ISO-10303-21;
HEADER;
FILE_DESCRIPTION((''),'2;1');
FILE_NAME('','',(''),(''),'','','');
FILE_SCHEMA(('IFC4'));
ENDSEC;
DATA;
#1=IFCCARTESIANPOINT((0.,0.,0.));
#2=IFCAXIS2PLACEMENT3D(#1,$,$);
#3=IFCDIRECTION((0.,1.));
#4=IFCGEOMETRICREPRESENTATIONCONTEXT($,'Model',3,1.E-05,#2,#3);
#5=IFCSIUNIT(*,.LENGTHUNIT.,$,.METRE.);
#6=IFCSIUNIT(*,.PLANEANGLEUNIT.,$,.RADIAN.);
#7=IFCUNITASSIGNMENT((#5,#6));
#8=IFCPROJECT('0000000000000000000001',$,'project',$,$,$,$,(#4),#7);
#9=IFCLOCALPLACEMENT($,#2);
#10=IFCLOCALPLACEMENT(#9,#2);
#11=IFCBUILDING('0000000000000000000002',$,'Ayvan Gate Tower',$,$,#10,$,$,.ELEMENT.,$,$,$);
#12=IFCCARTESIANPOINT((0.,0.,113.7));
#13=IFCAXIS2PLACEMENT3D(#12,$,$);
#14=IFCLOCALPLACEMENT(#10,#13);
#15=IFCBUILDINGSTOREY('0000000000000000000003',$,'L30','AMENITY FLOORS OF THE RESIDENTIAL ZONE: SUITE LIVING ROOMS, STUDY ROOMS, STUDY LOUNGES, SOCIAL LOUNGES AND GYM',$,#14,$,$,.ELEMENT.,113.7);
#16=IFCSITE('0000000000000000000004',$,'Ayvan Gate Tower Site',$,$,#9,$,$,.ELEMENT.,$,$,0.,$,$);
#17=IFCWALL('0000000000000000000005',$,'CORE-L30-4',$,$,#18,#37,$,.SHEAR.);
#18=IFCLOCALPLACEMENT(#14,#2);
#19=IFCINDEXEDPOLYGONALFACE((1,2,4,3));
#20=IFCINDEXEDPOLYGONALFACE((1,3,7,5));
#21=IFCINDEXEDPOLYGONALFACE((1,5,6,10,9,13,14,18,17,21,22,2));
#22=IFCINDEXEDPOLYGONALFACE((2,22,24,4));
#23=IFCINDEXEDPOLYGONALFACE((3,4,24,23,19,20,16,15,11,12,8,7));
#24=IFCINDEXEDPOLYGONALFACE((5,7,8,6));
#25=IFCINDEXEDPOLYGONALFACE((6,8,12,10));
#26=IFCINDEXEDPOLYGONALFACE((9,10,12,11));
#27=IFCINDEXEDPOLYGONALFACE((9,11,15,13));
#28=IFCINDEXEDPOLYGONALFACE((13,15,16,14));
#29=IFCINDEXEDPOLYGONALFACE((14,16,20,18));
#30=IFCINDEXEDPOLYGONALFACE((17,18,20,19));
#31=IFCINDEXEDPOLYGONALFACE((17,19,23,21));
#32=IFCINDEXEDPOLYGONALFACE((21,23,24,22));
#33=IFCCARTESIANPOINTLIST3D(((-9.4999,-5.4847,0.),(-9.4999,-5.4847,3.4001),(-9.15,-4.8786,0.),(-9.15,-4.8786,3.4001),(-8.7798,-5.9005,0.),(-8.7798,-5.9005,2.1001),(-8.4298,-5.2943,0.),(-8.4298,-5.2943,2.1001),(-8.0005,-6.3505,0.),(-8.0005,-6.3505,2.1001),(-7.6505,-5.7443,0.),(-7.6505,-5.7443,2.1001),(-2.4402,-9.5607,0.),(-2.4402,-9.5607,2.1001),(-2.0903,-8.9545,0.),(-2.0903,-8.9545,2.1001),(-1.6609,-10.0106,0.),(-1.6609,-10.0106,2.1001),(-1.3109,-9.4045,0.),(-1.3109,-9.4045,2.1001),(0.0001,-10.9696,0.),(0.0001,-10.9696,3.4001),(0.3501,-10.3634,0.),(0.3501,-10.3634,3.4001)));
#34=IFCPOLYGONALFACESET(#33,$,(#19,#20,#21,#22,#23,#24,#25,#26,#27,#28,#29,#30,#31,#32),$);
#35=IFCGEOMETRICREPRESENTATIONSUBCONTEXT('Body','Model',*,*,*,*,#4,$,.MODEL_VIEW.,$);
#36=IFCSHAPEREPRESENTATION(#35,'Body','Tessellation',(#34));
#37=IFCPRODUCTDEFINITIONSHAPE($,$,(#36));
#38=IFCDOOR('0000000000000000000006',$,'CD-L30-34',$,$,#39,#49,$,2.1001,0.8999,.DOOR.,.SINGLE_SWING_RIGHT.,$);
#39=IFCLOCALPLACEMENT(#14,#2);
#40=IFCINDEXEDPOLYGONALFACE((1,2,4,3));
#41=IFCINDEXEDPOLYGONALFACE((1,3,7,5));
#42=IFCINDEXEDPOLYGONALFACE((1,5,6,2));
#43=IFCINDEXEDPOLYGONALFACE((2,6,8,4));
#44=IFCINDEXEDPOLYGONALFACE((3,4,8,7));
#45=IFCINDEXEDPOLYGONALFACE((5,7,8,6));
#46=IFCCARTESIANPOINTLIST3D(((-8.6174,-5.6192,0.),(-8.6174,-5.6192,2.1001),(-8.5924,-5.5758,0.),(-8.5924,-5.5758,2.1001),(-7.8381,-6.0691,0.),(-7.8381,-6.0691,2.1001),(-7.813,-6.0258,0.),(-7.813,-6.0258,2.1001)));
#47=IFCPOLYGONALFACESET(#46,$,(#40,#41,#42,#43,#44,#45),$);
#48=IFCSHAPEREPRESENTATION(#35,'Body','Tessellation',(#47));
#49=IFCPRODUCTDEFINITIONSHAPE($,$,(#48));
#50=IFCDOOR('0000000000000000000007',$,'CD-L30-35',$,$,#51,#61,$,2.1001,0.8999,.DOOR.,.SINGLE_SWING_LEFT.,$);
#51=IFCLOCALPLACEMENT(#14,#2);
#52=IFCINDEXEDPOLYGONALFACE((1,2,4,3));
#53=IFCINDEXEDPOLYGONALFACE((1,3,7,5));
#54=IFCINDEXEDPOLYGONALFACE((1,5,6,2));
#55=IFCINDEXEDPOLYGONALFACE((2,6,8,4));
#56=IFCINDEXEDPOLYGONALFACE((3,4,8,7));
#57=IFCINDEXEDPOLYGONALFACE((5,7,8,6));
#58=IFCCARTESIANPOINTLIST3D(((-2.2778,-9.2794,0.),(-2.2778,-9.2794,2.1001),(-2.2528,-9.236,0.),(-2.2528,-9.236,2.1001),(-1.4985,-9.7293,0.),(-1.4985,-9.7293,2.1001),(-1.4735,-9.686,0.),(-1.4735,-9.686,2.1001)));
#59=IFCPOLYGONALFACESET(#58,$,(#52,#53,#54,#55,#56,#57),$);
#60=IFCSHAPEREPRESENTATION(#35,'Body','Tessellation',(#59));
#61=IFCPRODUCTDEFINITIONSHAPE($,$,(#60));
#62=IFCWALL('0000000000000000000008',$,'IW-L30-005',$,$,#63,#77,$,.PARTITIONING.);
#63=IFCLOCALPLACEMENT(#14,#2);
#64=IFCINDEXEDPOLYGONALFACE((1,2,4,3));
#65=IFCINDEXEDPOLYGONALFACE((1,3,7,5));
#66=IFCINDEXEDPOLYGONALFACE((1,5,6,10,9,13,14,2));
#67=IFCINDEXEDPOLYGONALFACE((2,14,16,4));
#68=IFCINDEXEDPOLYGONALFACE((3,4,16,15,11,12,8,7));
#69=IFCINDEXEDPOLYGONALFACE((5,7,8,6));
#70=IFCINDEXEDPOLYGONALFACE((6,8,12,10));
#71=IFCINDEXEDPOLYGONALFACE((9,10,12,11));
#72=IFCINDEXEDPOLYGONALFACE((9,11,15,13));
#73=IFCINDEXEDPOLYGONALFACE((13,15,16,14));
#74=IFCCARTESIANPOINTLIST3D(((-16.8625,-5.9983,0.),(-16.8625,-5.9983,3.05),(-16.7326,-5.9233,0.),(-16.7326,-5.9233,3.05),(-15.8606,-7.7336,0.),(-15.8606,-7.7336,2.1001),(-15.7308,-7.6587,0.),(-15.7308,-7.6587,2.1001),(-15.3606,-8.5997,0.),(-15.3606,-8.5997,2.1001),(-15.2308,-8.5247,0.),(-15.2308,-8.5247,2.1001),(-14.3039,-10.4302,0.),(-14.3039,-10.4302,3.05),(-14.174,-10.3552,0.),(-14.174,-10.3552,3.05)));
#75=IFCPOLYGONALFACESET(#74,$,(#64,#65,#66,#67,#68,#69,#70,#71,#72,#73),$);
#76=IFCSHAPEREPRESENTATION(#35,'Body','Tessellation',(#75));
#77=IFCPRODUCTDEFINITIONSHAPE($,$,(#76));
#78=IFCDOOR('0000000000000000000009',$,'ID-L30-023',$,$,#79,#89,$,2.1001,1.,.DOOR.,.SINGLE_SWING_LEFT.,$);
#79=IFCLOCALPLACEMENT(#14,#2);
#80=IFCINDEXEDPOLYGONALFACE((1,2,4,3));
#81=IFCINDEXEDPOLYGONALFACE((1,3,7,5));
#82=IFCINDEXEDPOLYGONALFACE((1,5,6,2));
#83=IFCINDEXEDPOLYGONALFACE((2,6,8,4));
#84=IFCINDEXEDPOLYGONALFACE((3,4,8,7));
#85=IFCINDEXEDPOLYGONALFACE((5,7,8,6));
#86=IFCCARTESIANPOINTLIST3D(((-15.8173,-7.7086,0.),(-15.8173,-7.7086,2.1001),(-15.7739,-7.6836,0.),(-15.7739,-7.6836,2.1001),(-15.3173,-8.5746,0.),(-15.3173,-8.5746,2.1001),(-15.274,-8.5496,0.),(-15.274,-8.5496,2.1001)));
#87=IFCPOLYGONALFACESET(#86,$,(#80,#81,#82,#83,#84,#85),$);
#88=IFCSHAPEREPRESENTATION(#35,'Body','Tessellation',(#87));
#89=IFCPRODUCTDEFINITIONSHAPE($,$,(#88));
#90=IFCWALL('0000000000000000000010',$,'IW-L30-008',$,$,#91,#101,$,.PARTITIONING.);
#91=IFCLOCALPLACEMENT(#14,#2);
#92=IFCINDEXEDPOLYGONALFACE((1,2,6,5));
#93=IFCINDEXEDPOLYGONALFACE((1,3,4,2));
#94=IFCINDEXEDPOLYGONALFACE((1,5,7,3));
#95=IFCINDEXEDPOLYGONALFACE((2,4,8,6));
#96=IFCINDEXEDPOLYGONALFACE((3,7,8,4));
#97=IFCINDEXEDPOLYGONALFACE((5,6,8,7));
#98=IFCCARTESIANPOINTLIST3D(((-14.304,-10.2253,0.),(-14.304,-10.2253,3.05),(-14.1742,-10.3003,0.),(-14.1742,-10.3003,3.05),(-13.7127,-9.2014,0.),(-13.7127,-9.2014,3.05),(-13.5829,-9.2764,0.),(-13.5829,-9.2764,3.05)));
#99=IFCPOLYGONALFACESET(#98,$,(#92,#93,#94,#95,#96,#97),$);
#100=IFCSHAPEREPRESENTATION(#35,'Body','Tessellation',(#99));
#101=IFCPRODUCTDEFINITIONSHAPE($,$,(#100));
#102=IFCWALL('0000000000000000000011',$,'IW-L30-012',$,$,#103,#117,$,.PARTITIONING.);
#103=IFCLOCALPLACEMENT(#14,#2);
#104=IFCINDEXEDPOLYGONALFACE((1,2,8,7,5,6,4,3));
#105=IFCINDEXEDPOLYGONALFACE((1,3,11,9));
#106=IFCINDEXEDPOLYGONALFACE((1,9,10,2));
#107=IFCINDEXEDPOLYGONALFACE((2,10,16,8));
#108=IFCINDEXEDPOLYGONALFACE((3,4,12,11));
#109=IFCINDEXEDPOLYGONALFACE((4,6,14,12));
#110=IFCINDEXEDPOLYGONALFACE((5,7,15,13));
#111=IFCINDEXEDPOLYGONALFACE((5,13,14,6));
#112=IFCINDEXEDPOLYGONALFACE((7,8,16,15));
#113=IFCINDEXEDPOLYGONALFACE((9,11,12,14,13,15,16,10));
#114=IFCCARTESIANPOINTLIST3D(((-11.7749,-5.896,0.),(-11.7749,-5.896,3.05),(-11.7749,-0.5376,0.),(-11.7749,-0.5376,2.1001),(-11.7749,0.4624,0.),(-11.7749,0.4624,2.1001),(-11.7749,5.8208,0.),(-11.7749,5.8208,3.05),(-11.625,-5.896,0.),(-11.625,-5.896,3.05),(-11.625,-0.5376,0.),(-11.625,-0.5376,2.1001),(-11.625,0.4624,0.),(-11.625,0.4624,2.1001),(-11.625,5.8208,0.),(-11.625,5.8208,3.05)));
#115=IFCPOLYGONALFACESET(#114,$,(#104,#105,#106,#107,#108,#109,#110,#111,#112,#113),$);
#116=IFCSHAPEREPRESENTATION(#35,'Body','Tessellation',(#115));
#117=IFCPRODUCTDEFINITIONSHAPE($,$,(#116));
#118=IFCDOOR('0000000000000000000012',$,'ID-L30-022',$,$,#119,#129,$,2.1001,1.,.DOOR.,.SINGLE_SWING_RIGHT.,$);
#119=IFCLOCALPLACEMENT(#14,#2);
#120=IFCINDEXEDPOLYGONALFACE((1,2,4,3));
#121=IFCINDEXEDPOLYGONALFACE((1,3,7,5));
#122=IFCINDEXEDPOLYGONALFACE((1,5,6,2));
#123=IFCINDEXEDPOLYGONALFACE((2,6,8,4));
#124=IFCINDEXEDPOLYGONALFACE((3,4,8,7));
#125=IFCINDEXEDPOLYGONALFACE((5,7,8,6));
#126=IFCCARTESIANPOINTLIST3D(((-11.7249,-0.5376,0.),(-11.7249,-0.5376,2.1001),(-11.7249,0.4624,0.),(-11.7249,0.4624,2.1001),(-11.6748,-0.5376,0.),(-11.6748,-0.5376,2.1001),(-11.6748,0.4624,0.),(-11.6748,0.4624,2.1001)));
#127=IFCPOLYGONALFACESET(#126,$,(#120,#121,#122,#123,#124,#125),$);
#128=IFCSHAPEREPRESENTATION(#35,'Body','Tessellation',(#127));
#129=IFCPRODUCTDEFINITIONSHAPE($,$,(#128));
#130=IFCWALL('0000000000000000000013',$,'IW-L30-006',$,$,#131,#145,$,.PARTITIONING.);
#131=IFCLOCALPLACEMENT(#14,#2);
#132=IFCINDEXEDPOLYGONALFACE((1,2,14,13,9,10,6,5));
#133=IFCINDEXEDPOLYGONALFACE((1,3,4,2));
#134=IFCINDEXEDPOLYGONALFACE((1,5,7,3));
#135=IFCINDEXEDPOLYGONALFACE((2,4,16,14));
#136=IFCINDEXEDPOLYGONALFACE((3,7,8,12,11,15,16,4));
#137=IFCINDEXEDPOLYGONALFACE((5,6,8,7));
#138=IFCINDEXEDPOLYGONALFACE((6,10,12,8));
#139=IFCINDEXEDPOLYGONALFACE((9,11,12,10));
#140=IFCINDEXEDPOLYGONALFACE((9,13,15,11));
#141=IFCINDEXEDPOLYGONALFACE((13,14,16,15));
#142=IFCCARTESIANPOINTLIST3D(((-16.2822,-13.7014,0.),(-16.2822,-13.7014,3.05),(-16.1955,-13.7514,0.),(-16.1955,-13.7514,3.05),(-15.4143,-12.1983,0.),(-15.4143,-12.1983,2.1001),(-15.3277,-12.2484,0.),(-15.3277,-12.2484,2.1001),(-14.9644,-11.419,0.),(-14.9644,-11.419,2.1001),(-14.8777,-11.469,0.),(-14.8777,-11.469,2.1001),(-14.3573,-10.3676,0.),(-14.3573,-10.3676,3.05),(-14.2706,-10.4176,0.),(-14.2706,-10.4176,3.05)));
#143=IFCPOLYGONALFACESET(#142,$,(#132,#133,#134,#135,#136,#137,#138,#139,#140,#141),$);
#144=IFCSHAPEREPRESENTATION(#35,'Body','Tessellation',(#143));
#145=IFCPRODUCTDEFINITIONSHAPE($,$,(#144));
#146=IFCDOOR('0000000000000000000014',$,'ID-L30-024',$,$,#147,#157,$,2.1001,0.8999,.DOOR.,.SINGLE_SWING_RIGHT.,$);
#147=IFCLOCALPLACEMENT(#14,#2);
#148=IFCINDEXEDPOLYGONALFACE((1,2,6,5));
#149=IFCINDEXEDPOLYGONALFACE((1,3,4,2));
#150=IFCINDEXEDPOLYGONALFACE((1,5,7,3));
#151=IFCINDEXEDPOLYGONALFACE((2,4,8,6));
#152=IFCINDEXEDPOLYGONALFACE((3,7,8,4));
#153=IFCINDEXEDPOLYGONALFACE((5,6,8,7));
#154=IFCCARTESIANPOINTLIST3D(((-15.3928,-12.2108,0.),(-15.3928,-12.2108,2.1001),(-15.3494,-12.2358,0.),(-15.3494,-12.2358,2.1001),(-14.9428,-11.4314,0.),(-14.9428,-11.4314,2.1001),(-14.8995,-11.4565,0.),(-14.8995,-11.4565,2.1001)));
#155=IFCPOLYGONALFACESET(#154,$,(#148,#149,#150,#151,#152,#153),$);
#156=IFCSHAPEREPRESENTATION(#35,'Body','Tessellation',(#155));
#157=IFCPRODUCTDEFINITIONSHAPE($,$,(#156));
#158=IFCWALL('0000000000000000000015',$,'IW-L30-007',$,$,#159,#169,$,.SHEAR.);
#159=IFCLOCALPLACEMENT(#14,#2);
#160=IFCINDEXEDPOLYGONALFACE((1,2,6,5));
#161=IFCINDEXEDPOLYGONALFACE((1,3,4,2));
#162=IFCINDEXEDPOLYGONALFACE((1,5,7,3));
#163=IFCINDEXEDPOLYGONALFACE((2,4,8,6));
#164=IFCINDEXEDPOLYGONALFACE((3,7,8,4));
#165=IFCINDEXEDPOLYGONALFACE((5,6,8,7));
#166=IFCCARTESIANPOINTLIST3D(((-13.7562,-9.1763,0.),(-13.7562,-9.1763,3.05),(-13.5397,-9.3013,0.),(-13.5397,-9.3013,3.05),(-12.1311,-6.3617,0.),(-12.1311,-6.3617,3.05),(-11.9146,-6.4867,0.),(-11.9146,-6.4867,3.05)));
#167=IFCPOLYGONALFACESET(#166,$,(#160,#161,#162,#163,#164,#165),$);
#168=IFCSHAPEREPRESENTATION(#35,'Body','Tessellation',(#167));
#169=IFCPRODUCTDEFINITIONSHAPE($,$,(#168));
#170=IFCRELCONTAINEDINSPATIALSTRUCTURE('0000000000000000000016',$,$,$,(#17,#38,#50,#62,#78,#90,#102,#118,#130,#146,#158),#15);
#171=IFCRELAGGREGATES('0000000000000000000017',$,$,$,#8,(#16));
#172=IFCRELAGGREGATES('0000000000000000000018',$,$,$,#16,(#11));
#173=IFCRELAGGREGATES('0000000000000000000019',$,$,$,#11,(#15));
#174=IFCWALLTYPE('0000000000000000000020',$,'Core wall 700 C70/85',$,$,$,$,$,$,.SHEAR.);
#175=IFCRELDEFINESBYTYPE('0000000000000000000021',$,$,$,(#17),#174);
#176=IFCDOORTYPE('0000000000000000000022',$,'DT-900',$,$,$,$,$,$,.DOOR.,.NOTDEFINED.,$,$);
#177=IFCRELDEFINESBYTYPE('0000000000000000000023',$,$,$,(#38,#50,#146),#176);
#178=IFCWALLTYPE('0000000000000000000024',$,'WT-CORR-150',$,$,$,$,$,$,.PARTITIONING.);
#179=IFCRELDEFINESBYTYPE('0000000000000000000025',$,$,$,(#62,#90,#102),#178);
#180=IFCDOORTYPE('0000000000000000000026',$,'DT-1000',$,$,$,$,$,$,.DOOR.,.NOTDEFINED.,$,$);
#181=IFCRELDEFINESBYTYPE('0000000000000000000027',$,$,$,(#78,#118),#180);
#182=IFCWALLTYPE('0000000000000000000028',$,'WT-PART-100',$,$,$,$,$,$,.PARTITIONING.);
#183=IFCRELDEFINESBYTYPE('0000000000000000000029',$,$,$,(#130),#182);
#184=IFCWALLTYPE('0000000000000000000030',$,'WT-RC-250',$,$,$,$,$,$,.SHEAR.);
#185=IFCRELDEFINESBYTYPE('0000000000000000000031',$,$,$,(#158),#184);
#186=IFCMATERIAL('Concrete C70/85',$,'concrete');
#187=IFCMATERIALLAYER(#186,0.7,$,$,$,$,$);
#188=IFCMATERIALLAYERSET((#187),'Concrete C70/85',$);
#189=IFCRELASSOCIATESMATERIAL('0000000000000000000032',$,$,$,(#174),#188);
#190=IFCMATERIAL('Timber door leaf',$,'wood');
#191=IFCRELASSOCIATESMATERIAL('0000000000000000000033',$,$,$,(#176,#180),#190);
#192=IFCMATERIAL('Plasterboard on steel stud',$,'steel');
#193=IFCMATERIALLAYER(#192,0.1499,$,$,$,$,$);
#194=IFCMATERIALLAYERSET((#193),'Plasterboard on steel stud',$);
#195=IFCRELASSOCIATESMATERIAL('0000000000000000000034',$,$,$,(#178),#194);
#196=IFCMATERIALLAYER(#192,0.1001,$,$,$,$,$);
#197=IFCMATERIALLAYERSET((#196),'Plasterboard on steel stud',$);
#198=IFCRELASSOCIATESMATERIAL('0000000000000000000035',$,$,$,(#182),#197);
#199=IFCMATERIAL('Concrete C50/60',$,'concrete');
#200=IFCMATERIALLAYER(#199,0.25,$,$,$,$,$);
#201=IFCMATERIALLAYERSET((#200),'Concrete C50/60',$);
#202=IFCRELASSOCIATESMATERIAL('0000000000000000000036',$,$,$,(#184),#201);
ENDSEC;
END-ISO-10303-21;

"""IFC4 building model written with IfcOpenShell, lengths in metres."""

from ifc_helpers import new_model, si_unit, direction, frame, frame_2d, origin, place, context, subcontext, project, spatial, rectangle, extrude, material, layer, layer_set, type_object, element, fill, save


model = new_model("IFC4")

# Units and contexts
model_context = context("Model", 3, precision=1e-05, world=origin(), true_north=direction((0.0, 1.0)))
body_context = subcontext(model_context, "Body", "Model", "MODEL_VIEW")
ifc_project = project(units=[si_unit("LENGTHUNIT", "METRE"), si_unit("PLANEANGLEUNIT", "RADIAN")], contexts=[model_context])

# Site, building, storey
site_placement = place(None, origin())
site = spatial("IfcSite", under=ifc_project, at=site_placement, Name="Ayvan Gate Tower Site", CompositionType="ELEMENT", RefElevation=0.0)
building_placement = place(site_placement, origin())
building = spatial("IfcBuilding", under=site, at=building_placement, Name="Ayvan Gate Tower", CompositionType="ELEMENT")
storey_placement = place(building_placement, frame((0.0, 0.0, 113.7)))
storey = spatial("IfcBuildingStorey", under=building, at=storey_placement, Name="L30", Description="AMENITY FLOORS OF THE RESIDENTIAL ZONE: SUITE LIVING ROOMS, STUDY ROOMS, STUDY LOUNGES, SOCIAL LOUNGES AND GYM", CompositionType="ELEMENT", Elevation=113.7)

# Wall, openings, doors
ifc_material_1 = material(Name="Concrete C70/85", Category="concrete")
ifc_layer_1 = layer(ifc_material_1, 0.7)
ifc_layer_set_1 = layer_set([ifc_layer_1], Name="Concrete C70/85")
wall_type_1 = type_object("IfcWallType", Name="Core wall 700 C70/85", PredefinedType="SHEAR", material=ifc_layer_set_1)
wall_1_placement = place(storey_placement, frame((-9.325, -5.1816, 0.0), z_axis=(0.0, 0.0, 1.0), x_axis=(0.866024, -0.500002, 0.0)))
wall_1 = element("IfcWall", 1, at=wall_1_placement, inside=storey, type_object=wall_type_1, Name="CORE-L30-4", PredefinedType="SHEAR", context=body_context, shape_type="SweptSolid", body=[
    extrude(rectangle(XDim=10.9697, YDim=0.7, at=frame_2d((5.4849, 0.0))), origin(), (0.0, 0.0, 1.0), 3.4001),
])
opening_1_placement = place(wall_1_placement, frame((0.8315, 0.0, 0.0)))
opening_1 = element("IfcOpeningElement", 2, at=opening_1_placement, cuts=wall_1, PredefinedType="OPENING", context=body_context, shape_type="SweptSolid", body=[
    extrude(rectangle(XDim=0.8999, YDim=2.1001, at=frame_2d((0.45, 1.05))), frame((0.0, 0.3599, 0.0), z_axis=(0.0, -1.0, 0.0), x_axis=(1.0, 0.0, 0.0)), (0.0, 0.0, 1.0), 0.72),
])
opening_2_placement = place(wall_1_placement, frame((8.1519, 0.0, 0.0)))
opening_2 = element("IfcOpeningElement", 3, at=opening_2_placement, cuts=wall_1, PredefinedType="OPENING", context=body_context, shape_type="SweptSolid", body=[
    extrude(rectangle(XDim=0.8999, YDim=2.1001, at=frame_2d((0.45, 1.05))), frame((0.0, 0.3599, 0.0), z_axis=(0.0, -1.0, 0.0), x_axis=(1.0, 0.0, 0.0)), (0.0, 0.0, 1.0), 0.72),
])
ifc_material_2 = material(Name="Timber door leaf", Category="wood")
door_type_1 = type_object("IfcDoorType", Name="DT-900", OperationType="NOTDEFINED", PredefinedType="DOOR", material=ifc_material_2)
door_1_placement = place(opening_1_placement, origin())
door_1 = element("IfcDoor", 4, at=door_1_placement, inside=storey, type_object=door_type_1, Name="CD-L30-34", OperationType="SINGLE_SWING_RIGHT", OverallHeight=2.1001, OverallWidth=0.8999, PredefinedType="DOOR", context=body_context, shape_type="SweptSolid", body=[
    extrude(rectangle(XDim=0.8999, YDim=2.1001, at=frame_2d((0.45, 1.05))), frame((0.0, 0.0249, 0.0), z_axis=(0.0, -1.0, 0.0), x_axis=(1.0, 0.0, 0.0)), (0.0, 0.0, 1.0), 0.05),
])
fill(opening_1, door_1)
door_2_placement = place(opening_2_placement, origin())
door_2 = element("IfcDoor", 5, at=door_2_placement, inside=storey, type_object=door_type_1, Name="CD-L30-35", OperationType="SINGLE_SWING_LEFT", OverallHeight=2.1001, OverallWidth=0.8999, PredefinedType="DOOR", context=body_context, shape_type="SweptSolid", body=[
    extrude(rectangle(XDim=0.8999, YDim=2.1001, at=frame_2d((0.45, 1.05))), frame((0.0, 0.0249, 0.0), z_axis=(0.0, -1.0, 0.0), x_axis=(1.0, 0.0, 0.0)), (0.0, 0.0, 1.0), 0.05),
])
fill(opening_2, door_2)

# Wall, opening, door
ifc_material_3 = material(Name="Plasterboard on steel stud", Category="steel")
ifc_layer_2 = layer(ifc_material_3, 0.1499)
ifc_layer_set_2 = layer_set([ifc_layer_2], Name="Plasterboard on steel stud")
wall_type_2 = type_object("IfcWallType", Name="WT-CORR-150", PredefinedType="PARTITIONING", material=ifc_layer_set_2)
wall_2_placement = place(storey_placement, frame((-14.239, -10.3926, 0.0), z_axis=(0.0, 0.0, 1.0), x_axis=(-0.499977, 0.866039, 0.0)))
wall_2 = element("IfcWall", 6, at=wall_2_placement, inside=storey, type_object=wall_type_2, Name="IW-L30-005", PredefinedType="PARTITIONING", context=body_context, shape_type="SweptSolid", body=[
    extrude(rectangle(XDim=5.1174, YDim=0.1499, at=frame_2d((2.5586, 0.0))), origin(), (0.0, 0.0, 1.0), 3.05),
])
opening_3_placement = place(wall_2_placement, frame((2.1135, 0.0, 0.0)))
opening_3 = element("IfcOpeningElement", 7, at=opening_3_placement, cuts=wall_2, PredefinedType="OPENING", context=body_context, shape_type="SweptSolid", body=[
    extrude(rectangle(XDim=1.0, YDim=2.1001, at=frame_2d((0.5, 1.05))), frame((0.0, 0.085, 0.0), z_axis=(0.0, -1.0, 0.0), x_axis=(1.0, 0.0, 0.0)), (0.0, 0.0, 1.0), 0.1699),
])
door_type_2 = type_object("IfcDoorType", Name="DT-1000", OperationType="NOTDEFINED", PredefinedType="DOOR", material=ifc_material_2)
door_3_placement = place(opening_3_placement, origin())
door_3 = element("IfcDoor", 8, at=door_3_placement, inside=storey, type_object=door_type_2, Name="ID-L30-023", OperationType="SINGLE_SWING_LEFT", OverallHeight=2.1001, OverallWidth=1.0, PredefinedType="DOOR", context=body_context, shape_type="SweptSolid", body=[
    extrude(rectangle(XDim=1.0, YDim=2.1001, at=frame_2d((0.5, 1.05))), frame((0.0, 0.0249, 0.0), z_axis=(0.0, -1.0, 0.0), x_axis=(1.0, 0.0, 0.0)), (0.0, 0.0, 1.0), 0.05),
])
fill(opening_3, door_3)

# Wall
wall_3_placement = place(storey_placement, frame((-13.6477, -9.2388, 0.0), z_axis=(0.0, 0.0, 1.0), x_axis=(-0.500092, -0.865972, 0.0)))
element("IfcWall", 9, at=wall_3_placement, inside=storey, type_object=wall_type_2, Name="IW-L30-008", PredefinedType="PARTITIONING", context=body_context, shape_type="SweptSolid", body=[
    extrude(rectangle(XDim=1.1824, YDim=0.1499, at=frame_2d((0.5913, 0.0))), origin(), (0.0, 0.0, 1.0), 3.05),
])

# Walls, openings, doors
wall_4_placement = place(storey_placement, frame((-11.7, -5.896, 0.0), z_axis=(0.0, 0.0, 1.0), x_axis=(0.0, 1.0, 0.0)))
wall_4 = element("IfcWall", 10, at=wall_4_placement, inside=storey, type_object=wall_type_2, Name="IW-L30-012", PredefinedType="PARTITIONING", context=body_context, shape_type="SweptSolid", body=[
    extrude(rectangle(XDim=11.7168, YDim=0.1499, at=frame_2d((5.8584, 0.0))), origin(), (0.0, 0.0, 1.0), 3.05),
])
opening_4_placement = place(wall_4_placement, frame((5.3584, 0.0, 0.0)))
opening_4 = element("IfcOpeningElement", 11, at=opening_4_placement, cuts=wall_4, PredefinedType="OPENING", context=body_context, shape_type="SweptSolid", body=[
    extrude(rectangle(XDim=1.0, YDim=2.1001, at=frame_2d((0.5, 1.05))), frame((0.0, 0.085, 0.0), z_axis=(0.0, -1.0, 0.0), x_axis=(1.0, 0.0, 0.0)), (0.0, 0.0, 1.0), 0.1699),
])
door_4_placement = place(opening_4_placement, origin())
door_4 = element("IfcDoor", 12, at=door_4_placement, inside=storey, type_object=door_type_2, Name="ID-L30-022", OperationType="SINGLE_SWING_RIGHT", OverallHeight=2.1001, OverallWidth=1.0, PredefinedType="DOOR", context=body_context, shape_type="SweptSolid", body=[
    extrude(rectangle(XDim=1.0, YDim=2.1001, at=frame_2d((0.5, 1.05))), frame((0.0, 0.0249, 0.0), z_axis=(0.0, -1.0, 0.0), x_axis=(1.0, 0.0, 0.0)), (0.0, 0.0, 1.0), 0.05),
])
fill(opening_4, door_4)
ifc_layer_3 = layer(ifc_material_3, 0.1001)
ifc_layer_set_3 = layer_set([ifc_layer_3], Name="Plasterboard on steel stud")
wall_type_3 = type_object("IfcWallType", Name="WT-PART-100", PredefinedType="PARTITIONING", material=ifc_layer_set_3)
wall_5_placement = place(storey_placement, frame((-14.314, -10.3926, 0.0), z_axis=(0.0, 0.0, 1.0), x_axis=(-0.500013, -0.866018, 0.0)))
wall_5 = element("IfcWall", 13, at=wall_5_placement, inside=storey, type_object=wall_type_3, Name="IW-L30-006", PredefinedType="PARTITIONING", context=body_context, shape_type="SweptSolid", body=[
    extrude(rectangle(XDim=3.8496, YDim=0.1001, at=frame_2d((1.9248, 0.0))), origin(), (0.0, 0.0, 1.0), 3.05),
])
opening_5_placement = place(wall_5_placement, frame((1.2141, 0.0, 0.0)))
opening_5 = element("IfcOpeningElement", 14, at=opening_5_placement, cuts=wall_5, PredefinedType="OPENING", context=body_context, shape_type="SweptSolid", body=[
    extrude(rectangle(XDim=0.8999, YDim=2.1001, at=frame_2d((0.45, 1.05))), frame((0.0, 0.0601, 0.0), z_axis=(0.0, -1.0, 0.0), x_axis=(1.0, 0.0, 0.0)), (0.0, 0.0, 1.0), 0.1201),
])
door_5_placement = place(opening_5_placement, origin())
door_5 = element("IfcDoor", 15, at=door_5_placement, inside=storey, type_object=door_type_1, Name="ID-L30-024", OperationType="SINGLE_SWING_RIGHT", OverallHeight=2.1001, OverallWidth=0.8999, PredefinedType="DOOR", context=body_context, shape_type="SweptSolid", body=[
    extrude(rectangle(XDim=0.8999, YDim=2.1001, at=frame_2d((0.45, 1.05))), frame((0.0, 0.0249, 0.0), z_axis=(0.0, -1.0, 0.0), x_axis=(1.0, 0.0, 0.0)), (0.0, 0.0, 1.0), 0.05),
])
fill(opening_5, door_5)

# Wall
ifc_material_4 = material(Name="Concrete C50/60", Category="concrete")
ifc_layer_4 = layer(ifc_material_4, 0.25)
ifc_layer_set_4 = layer_set([ifc_layer_4], Name="Concrete C50/60")
wall_type_4 = type_object("IfcWallType", Name="WT-RC-250", PredefinedType="SHEAR", material=ifc_layer_set_4)
wall_6_placement = place(storey_placement, frame((-13.6479, -9.2388, 0.0), z_axis=(0.0, 0.0, 1.0), x_axis=(0.500017, 0.866015, 0.0)))
element("IfcWall", 16, at=wall_6_placement, inside=storey, type_object=wall_type_4, Name="IW-L30-007", PredefinedType="SHEAR", context=body_context, shape_type="SweptSolid", body=[
    extrude(rectangle(XDim=3.25, YDim=0.25, at=frame_2d((1.625, 0.0))), origin(), (0.0, 0.0, 1.0), 3.05),
])

save(model, "model.ifc")
